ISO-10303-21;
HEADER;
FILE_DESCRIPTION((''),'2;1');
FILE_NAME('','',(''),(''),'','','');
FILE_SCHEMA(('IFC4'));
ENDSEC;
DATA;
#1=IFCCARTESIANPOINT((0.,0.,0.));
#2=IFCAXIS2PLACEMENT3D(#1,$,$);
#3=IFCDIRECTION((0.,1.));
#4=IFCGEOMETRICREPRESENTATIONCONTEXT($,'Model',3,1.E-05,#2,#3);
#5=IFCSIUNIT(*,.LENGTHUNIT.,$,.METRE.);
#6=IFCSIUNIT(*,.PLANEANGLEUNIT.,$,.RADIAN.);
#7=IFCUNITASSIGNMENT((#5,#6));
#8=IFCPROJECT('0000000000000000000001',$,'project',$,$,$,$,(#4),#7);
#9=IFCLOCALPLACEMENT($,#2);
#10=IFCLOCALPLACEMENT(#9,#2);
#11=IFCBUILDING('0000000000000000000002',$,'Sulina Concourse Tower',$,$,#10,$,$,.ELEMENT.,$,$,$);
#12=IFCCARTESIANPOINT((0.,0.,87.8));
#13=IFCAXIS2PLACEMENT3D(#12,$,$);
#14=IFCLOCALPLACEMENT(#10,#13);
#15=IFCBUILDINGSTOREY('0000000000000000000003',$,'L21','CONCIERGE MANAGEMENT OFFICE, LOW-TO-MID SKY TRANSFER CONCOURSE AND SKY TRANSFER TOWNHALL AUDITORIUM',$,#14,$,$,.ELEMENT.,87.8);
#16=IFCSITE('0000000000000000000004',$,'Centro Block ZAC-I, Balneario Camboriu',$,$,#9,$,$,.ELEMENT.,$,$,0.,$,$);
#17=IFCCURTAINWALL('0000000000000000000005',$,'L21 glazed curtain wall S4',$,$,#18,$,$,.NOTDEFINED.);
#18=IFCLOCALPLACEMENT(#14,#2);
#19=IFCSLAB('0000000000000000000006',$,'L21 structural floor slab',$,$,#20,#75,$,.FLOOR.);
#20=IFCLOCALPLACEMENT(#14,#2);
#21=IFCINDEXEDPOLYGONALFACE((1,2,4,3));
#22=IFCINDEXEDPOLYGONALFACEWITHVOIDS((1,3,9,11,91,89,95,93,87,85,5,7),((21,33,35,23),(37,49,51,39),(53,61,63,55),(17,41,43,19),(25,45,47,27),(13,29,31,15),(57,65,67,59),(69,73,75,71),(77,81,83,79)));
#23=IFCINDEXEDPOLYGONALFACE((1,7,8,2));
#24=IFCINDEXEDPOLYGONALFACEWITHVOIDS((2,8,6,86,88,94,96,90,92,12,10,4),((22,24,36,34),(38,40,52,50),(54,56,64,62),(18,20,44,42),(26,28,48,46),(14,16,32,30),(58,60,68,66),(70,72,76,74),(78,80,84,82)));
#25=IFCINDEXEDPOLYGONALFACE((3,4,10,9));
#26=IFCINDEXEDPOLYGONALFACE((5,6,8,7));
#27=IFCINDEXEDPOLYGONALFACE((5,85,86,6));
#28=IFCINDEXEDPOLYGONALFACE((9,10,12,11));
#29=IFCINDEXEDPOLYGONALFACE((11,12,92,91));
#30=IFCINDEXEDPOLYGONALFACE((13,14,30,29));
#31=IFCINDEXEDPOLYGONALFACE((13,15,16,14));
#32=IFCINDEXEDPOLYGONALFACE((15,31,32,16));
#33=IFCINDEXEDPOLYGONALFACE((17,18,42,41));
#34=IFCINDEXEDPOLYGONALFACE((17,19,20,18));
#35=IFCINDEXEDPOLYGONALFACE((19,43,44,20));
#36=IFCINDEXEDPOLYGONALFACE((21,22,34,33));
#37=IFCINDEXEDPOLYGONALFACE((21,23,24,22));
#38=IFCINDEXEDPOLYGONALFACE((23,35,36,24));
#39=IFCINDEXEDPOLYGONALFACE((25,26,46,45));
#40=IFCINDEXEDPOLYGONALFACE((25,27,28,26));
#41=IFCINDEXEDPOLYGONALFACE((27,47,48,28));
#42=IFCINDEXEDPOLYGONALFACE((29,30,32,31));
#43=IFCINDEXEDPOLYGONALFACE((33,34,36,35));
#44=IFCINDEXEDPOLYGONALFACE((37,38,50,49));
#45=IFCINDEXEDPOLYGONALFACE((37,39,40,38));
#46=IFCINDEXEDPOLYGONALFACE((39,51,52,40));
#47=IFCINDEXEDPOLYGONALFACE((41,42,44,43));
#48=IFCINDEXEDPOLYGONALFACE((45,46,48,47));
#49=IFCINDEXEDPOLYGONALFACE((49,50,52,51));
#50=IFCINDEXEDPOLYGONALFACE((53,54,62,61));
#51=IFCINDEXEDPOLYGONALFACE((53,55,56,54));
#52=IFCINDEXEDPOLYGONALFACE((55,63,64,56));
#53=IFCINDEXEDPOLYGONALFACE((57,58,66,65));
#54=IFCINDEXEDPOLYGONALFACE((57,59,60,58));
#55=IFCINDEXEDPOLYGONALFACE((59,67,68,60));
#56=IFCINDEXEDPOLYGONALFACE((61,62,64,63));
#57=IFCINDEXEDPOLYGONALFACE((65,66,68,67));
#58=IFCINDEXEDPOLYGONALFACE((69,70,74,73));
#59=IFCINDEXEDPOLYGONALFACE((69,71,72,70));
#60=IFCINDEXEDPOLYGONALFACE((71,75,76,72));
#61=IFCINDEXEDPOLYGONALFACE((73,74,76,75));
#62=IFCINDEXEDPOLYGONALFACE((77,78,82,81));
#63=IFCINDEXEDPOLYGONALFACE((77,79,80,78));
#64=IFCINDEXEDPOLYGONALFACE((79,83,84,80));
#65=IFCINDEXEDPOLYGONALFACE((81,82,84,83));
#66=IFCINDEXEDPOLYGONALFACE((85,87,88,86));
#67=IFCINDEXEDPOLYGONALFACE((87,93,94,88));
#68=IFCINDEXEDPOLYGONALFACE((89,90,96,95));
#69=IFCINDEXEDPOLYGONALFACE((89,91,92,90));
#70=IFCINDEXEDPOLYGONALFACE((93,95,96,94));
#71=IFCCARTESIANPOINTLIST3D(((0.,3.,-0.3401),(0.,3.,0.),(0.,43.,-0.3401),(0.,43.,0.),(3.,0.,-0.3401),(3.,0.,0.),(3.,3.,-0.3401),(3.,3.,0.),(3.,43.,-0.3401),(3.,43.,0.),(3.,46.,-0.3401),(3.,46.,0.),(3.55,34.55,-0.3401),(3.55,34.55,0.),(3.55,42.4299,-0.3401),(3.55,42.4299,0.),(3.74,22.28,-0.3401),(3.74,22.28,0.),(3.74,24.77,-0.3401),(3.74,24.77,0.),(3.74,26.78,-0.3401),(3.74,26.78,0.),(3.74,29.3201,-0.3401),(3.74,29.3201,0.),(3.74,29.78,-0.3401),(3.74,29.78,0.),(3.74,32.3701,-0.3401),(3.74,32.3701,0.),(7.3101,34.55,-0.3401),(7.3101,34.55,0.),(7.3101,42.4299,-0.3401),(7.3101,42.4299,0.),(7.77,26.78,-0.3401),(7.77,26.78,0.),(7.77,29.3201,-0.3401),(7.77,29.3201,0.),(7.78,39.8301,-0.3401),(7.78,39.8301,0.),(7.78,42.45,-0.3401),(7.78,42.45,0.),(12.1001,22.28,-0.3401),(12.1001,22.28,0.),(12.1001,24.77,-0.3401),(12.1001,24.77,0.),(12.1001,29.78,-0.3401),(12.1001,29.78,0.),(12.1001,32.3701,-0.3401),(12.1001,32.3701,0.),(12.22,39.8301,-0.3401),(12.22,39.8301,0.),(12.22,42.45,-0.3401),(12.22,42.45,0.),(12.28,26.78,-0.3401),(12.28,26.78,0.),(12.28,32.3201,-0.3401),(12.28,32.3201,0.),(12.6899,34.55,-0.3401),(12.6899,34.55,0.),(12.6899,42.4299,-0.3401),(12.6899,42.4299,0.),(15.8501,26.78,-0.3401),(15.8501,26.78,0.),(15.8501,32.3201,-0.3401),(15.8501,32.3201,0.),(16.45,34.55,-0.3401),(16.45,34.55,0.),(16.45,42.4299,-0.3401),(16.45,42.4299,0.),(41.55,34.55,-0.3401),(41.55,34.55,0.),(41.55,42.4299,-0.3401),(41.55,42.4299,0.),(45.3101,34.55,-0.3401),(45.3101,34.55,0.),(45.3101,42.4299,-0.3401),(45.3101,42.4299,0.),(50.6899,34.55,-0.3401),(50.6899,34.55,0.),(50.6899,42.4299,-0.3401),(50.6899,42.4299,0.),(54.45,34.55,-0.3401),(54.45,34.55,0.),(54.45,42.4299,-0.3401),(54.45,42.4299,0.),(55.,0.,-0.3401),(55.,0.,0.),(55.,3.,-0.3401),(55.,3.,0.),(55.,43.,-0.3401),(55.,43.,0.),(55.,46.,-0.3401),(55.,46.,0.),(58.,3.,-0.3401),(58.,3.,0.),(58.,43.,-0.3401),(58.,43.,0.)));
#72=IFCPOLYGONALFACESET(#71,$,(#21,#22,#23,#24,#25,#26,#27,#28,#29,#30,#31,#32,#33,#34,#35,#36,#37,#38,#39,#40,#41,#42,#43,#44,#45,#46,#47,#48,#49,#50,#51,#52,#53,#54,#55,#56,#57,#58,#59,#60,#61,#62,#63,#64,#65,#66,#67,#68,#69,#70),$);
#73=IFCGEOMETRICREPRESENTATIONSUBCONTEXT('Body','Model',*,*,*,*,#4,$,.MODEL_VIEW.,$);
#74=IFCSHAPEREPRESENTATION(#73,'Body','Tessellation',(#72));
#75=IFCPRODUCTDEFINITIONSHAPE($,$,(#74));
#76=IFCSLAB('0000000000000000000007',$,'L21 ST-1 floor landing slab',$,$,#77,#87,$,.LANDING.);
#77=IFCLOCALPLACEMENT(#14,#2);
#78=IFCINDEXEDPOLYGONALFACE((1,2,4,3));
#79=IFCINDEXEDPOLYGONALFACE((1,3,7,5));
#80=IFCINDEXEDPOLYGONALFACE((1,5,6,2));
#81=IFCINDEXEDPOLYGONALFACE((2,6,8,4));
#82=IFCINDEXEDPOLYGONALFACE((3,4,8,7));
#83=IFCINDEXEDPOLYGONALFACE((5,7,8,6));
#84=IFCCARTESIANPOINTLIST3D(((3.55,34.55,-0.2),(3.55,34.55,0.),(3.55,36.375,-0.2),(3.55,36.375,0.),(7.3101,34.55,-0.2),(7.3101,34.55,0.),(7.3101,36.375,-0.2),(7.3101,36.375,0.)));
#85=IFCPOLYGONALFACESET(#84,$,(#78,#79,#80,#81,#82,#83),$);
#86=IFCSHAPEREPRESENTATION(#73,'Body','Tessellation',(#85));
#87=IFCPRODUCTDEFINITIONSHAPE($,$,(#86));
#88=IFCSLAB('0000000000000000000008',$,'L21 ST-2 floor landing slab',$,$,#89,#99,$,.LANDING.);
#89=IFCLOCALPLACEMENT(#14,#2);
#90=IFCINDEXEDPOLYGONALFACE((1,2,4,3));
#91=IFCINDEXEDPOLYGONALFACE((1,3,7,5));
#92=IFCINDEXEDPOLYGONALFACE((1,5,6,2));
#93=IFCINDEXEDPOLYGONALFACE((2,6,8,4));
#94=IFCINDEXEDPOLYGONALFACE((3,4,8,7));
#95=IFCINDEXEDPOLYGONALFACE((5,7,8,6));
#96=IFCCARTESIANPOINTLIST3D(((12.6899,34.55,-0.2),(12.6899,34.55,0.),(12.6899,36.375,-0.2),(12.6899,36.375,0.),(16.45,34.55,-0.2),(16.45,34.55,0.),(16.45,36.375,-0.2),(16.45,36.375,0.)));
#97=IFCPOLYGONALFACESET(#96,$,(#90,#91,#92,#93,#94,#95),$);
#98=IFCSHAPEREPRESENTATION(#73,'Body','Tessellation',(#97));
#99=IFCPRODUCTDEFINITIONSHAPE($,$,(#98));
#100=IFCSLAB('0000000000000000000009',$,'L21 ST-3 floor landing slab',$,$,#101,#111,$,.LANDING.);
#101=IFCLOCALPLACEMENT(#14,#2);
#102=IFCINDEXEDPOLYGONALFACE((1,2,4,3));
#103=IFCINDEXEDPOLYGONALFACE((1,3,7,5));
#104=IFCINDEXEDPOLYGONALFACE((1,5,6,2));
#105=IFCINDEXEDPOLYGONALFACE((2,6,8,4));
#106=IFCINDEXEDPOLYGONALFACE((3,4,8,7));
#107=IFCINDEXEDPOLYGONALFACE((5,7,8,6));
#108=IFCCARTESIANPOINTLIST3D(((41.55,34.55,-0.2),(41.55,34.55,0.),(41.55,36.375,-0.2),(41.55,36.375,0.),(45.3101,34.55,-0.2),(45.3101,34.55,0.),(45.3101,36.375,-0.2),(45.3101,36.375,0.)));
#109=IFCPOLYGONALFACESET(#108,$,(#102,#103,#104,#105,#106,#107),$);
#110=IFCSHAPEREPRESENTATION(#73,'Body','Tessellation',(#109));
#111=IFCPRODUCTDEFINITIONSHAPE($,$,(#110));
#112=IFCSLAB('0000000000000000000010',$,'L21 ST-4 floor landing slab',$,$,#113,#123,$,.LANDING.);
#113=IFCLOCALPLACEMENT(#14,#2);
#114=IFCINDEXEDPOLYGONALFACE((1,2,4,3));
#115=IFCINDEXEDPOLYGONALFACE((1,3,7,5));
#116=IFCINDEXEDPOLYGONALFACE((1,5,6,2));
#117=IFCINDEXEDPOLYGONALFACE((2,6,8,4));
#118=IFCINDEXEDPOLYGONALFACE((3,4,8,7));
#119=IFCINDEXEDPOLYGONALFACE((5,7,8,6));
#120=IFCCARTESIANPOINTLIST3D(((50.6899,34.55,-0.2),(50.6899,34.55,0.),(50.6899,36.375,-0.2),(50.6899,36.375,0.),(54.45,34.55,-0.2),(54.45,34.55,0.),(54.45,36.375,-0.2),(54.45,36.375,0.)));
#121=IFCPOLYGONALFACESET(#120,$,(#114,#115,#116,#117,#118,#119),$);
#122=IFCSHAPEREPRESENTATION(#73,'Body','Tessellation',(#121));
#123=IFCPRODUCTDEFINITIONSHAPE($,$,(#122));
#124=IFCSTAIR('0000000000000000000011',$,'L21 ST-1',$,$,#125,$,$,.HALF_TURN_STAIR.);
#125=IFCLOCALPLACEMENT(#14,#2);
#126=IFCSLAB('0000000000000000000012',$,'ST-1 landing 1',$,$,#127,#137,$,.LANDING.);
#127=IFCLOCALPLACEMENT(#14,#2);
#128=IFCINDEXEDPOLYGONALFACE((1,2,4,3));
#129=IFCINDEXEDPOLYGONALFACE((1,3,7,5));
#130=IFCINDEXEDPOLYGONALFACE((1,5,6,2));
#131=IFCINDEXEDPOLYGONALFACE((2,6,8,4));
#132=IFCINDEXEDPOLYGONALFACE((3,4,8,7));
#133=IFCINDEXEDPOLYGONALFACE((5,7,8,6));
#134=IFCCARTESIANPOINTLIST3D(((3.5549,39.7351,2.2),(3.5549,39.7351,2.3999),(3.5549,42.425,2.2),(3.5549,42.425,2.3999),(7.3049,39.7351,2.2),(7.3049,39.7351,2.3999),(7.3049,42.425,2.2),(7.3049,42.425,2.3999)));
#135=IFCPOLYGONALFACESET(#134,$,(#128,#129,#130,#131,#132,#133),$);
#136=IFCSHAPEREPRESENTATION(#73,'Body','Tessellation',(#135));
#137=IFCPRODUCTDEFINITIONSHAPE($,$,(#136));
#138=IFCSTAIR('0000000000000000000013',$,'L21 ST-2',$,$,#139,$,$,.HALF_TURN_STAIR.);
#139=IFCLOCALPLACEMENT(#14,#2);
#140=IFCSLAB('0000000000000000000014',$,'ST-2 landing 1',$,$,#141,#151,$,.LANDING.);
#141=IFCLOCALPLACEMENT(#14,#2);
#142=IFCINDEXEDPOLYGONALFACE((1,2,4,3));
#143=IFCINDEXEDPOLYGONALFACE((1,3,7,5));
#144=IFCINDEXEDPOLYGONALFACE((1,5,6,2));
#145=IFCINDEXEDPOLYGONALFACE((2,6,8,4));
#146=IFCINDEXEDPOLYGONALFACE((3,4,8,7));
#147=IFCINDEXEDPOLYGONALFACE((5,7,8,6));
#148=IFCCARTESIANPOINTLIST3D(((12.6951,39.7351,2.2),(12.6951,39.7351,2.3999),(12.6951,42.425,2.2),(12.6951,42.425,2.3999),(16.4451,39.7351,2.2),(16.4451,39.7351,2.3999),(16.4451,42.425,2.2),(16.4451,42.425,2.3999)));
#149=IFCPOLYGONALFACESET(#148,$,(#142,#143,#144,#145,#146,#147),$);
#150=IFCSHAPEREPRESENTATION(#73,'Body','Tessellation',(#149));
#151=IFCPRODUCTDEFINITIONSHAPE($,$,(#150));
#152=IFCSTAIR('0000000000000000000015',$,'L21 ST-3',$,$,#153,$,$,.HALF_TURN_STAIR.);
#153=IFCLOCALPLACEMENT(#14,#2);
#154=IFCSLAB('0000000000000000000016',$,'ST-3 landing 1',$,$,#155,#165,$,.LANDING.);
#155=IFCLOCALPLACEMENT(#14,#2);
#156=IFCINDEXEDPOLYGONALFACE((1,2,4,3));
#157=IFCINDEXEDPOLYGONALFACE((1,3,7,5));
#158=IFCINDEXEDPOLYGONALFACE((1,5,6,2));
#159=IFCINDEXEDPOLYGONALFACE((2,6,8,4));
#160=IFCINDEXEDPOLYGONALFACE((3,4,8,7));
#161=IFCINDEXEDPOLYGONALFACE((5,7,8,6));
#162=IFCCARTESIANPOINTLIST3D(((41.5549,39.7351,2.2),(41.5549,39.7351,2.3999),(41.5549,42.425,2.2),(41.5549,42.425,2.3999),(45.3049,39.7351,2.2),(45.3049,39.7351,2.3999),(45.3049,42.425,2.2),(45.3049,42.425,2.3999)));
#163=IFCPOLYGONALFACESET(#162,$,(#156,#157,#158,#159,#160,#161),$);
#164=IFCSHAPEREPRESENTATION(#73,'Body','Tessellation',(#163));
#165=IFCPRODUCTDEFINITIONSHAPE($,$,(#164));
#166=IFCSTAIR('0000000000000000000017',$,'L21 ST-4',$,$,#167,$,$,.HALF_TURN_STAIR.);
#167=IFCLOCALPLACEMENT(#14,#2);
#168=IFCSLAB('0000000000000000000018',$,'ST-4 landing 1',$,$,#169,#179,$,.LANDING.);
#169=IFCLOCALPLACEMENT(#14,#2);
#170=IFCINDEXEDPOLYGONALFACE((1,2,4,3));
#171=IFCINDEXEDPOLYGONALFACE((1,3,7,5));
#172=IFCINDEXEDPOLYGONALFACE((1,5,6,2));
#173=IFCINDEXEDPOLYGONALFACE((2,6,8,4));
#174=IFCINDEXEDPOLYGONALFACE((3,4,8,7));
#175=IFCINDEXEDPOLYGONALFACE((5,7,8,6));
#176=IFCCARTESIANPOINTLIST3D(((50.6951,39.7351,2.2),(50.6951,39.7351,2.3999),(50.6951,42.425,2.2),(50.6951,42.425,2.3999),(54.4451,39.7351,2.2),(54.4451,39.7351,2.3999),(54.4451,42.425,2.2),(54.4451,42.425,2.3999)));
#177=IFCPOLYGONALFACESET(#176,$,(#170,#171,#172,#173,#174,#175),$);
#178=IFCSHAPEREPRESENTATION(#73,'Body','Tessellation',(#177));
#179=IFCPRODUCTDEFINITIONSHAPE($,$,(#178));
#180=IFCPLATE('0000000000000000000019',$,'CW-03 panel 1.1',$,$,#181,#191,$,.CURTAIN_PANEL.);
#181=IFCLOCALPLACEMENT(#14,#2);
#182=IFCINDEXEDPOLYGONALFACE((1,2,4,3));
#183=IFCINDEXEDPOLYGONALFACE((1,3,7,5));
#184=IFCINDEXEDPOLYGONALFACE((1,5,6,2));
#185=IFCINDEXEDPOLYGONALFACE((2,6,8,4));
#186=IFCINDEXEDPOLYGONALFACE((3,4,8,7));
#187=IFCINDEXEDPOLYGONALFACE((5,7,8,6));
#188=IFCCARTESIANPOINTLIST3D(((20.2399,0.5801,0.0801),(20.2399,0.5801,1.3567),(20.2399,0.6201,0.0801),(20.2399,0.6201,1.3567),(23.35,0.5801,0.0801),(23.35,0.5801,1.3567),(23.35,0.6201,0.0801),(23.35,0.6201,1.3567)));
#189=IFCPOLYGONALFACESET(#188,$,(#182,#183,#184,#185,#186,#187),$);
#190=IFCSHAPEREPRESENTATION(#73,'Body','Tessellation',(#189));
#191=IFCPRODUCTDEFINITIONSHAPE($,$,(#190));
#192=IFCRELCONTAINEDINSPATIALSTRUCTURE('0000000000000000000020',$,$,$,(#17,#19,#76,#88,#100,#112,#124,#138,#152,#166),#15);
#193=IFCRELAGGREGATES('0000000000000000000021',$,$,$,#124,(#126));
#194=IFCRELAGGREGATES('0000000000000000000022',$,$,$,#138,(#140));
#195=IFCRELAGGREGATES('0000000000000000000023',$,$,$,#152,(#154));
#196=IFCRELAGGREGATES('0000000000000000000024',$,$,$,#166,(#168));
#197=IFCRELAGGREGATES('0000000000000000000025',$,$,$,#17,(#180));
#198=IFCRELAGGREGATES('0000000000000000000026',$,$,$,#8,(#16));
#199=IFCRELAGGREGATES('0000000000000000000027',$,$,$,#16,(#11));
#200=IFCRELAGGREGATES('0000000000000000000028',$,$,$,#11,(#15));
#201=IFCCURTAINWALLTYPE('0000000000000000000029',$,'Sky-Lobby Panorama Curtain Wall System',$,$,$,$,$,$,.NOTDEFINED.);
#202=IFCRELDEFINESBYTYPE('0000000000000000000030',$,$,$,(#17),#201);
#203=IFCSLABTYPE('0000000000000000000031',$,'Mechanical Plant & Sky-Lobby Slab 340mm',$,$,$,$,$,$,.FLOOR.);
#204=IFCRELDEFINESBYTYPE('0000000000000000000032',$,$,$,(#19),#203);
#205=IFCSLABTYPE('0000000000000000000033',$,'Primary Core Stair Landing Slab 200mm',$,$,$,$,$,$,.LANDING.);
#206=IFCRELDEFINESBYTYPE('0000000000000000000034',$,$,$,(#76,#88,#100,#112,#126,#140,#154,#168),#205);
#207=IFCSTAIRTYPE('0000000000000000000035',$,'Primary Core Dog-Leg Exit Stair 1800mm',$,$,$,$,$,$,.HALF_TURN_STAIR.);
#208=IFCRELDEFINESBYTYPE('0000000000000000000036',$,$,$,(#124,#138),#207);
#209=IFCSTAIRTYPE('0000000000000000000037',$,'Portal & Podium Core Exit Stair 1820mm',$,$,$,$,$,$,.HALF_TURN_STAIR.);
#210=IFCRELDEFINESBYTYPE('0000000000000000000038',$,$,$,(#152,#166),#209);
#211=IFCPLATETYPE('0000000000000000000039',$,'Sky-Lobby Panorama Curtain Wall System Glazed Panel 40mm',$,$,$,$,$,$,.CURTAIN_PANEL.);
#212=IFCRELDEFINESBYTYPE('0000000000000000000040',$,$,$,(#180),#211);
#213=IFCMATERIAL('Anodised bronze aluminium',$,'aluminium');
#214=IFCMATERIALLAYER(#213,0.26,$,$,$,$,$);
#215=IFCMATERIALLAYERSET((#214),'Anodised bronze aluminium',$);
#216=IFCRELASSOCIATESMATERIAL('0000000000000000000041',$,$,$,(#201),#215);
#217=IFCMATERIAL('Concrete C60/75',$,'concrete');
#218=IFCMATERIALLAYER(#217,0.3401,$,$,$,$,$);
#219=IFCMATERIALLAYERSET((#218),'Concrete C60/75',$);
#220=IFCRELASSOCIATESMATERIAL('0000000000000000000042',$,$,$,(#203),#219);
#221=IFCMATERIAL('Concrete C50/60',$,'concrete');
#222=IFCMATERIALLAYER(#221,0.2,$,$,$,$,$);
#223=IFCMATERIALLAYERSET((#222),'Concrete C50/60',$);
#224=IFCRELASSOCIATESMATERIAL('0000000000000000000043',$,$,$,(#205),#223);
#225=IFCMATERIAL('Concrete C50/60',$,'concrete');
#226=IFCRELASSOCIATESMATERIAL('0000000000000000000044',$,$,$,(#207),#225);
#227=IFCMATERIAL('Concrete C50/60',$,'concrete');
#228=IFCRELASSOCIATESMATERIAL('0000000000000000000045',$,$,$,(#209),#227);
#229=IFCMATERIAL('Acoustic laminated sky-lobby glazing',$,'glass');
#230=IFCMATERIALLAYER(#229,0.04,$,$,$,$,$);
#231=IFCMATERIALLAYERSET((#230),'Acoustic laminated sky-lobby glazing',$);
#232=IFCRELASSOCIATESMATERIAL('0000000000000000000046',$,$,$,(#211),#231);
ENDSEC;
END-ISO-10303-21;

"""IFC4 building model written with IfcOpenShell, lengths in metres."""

from ifc_helpers import new_model, si_unit, direction, frame, origin, origin_2d, place, context, subcontext, project, spatial, polyline, rectangle, outline, extrude, material, layer, layer_set, type_object, element, aggregate, save


model = new_model("IFC4")

# Units and contexts
model_context = context("Model", 3, precision=1e-05, world=origin(), true_north=direction((0.0, 1.0)))
body_context = subcontext(model_context, "Body", "Model", "MODEL_VIEW")
ifc_project = project(units=[si_unit("LENGTHUNIT", "METRE"), si_unit("PLANEANGLEUNIT", "RADIAN")], contexts=[model_context])

# Site, building, storey
site_placement = place(None, origin())
site = spatial("IfcSite", under=ifc_project, at=site_placement, Name="Centro Block ZAC-I, Balneario Camboriu", CompositionType="ELEMENT", RefElevation=0.0)
building_placement = place(site_placement, origin())
building = spatial("IfcBuilding", under=site, at=building_placement, Name="Sulina Concourse Tower", CompositionType="ELEMENT")
storey_placement = place(building_placement, frame((0.0, 0.0, 87.8)))
storey = spatial("IfcBuildingStorey", under=building, at=storey_placement, Name="L21", Description="CONCIERGE MANAGEMENT OFFICE, LOW-TO-MID SKY TRANSFER CONCOURSE AND SKY TRANSFER TOWNHALL AUDITORIUM", CompositionType="ELEMENT", Elevation=87.8)

# Curtain wall
ifc_material_1 = material(Name="Anodised bronze aluminium", Category="aluminium")
ifc_layer_1 = layer(ifc_material_1, 0.26)
ifc_layer_set_1 = layer_set([ifc_layer_1], Name="Anodised bronze aluminium")
curtain_wall_type = type_object("IfcCurtainWallType", Name="Sky-Lobby Panorama Curtain Wall System", PredefinedType="NOTDEFINED", material=ifc_layer_set_1)
curtain_wall_placement = place(storey_placement, origin())
curtain_wall = element("IfcCurtainWall", 1, at=curtain_wall_placement, inside=storey, type_object=curtain_wall_type, Name="L21 glazed curtain wall S4", PredefinedType="NOTDEFINED")

# Slabs
ifc_material_2 = material(Name="Concrete C60/75", Category="concrete")
ifc_layer_2 = layer(ifc_material_2, 0.3401)
ifc_layer_set_2 = layer_set([ifc_layer_2], Name="Concrete C60/75")
slab_type_1 = type_object("IfcSlabType", Name="Mechanical Plant & Sky-Lobby Slab 340mm", PredefinedType="FLOOR", material=ifc_layer_set_2)
slab_1_placement = place(storey_placement, frame((0.0, 0.0, -0.3401)))
element("IfcSlab", 2, at=slab_1_placement, inside=storey, type_object=slab_type_1, Name="L21 structural floor slab", PredefinedType="FLOOR", context=body_context, shape_type="SweptSolid", body=[
    extrude(outline(polyline([(3.0, 0.0), (55.0, 0.0), (55.0, 3.0), (58.0, 3.0), (58.0, 43.0), (55.0, 43.0), (55.0, 46.0), (3.0, 46.0), (3.0, 43.0), (0.0, 43.0), (0.0, 3.0), (3.0, 3.0), (3.0, 0.0)]), holes=[polyline([(7.3101, 34.55), (7.3101, 42.4299), (3.55, 42.4299), (3.55, 34.55), (7.3101, 34.55)]), polyline([(16.45, 34.55), (16.45, 42.4299), (12.6899, 42.4299), (12.6899, 34.55), (16.45, 34.55)]), polyline([(45.3101, 34.55), (45.3101, 42.4299), (41.55, 42.4299), (41.55, 34.55), (45.3101, 34.55)]), polyline([(54.45, 34.55), (54.45, 42.4299), (50.6899, 42.4299), (50.6899, 34.55), (54.45, 34.55)]), polyline([(7.78, 39.8301), (12.22, 39.8301), (12.22, 42.45), (7.78, 42.45), (7.78, 39.8301)]), polyline([(3.74, 26.78), (7.77, 26.78), (7.77, 29.3201), (3.74, 29.3201), (3.74, 26.78)]), polyline([(3.74, 29.78), (12.1001, 29.78), (12.1001, 32.3701), (3.74, 32.3701), (3.74, 29.78)]), polyline([(3.74, 22.28), (12.1001, 22.28), (12.1001, 24.77), (3.74, 24.77), (3.74, 22.28)]), polyline([(12.28, 26.78), (15.8501, 26.78), (15.8501, 32.3201), (12.28, 32.3201), (12.28, 26.78)])]), origin(), (0.0, 0.0, 1.0), 0.3401),
])
ifc_material_3 = material(Name="Concrete C50/60", Category="concrete")
ifc_layer_3 = layer(ifc_material_3, 0.2)
ifc_layer_set_3 = layer_set([ifc_layer_3], Name="Concrete C50/60")
slab_type_2 = type_object("IfcSlabType", Name="Primary Core Stair Landing Slab 200mm", PredefinedType="LANDING", material=ifc_layer_set_3)
slab_2_placement = place(storey_placement, frame((0.0, 0.0, -0.2)))
element("IfcSlab", 3, at=slab_2_placement, inside=storey, type_object=slab_type_2, Name="L21 ST-1 floor landing slab", PredefinedType="LANDING", context=body_context, shape_type="SweptSolid", body=[
    extrude(outline(polyline([(7.3101, 34.55), (7.3101, 36.375), (3.55, 36.375), (3.55, 34.55), (7.3101, 34.55)])), origin(), (0.0, 0.0, 1.0), 0.2),
])
slab_3_placement = place(storey_placement, frame((0.0, 0.0, -0.2)))
element("IfcSlab", 4, at=slab_3_placement, inside=storey, type_object=slab_type_2, Name="L21 ST-2 floor landing slab", PredefinedType="LANDING", context=body_context, shape_type="SweptSolid", body=[
    extrude(outline(polyline([(16.45, 34.55), (16.45, 36.375), (12.6899, 36.375), (12.6899, 34.55), (16.45, 34.55)])), origin(), (0.0, 0.0, 1.0), 0.2),
])
slab_4_placement = place(storey_placement, frame((0.0, 0.0, -0.2)))
element("IfcSlab", 5, at=slab_4_placement, inside=storey, type_object=slab_type_2, Name="L21 ST-3 floor landing slab", PredefinedType="LANDING", context=body_context, shape_type="SweptSolid", body=[
    extrude(outline(polyline([(45.3101, 34.55), (45.3101, 36.375), (41.55, 36.375), (41.55, 34.55), (45.3101, 34.55)])), origin(), (0.0, 0.0, 1.0), 0.2),
])
slab_5_placement = place(storey_placement, frame((0.0, 0.0, -0.2)))
element("IfcSlab", 6, at=slab_5_placement, inside=storey, type_object=slab_type_2, Name="L21 ST-4 floor landing slab", PredefinedType="LANDING", context=body_context, shape_type="SweptSolid", body=[
    extrude(outline(polyline([(54.45, 34.55), (54.45, 36.375), (50.6899, 36.375), (50.6899, 34.55), (54.45, 34.55)])), origin(), (0.0, 0.0, 1.0), 0.2),
])

# Stairs, slabs
ifc_material_4 = material(Name="Concrete C50/60", Category="concrete")
stair_type_1 = type_object("IfcStairType", Name="Primary Core Dog-Leg Exit Stair 1800mm", PredefinedType="HALF_TURN_STAIR", material=ifc_material_4)
stair_1_placement = place(storey_placement, origin())
stair_1 = element("IfcStair", 7, at=stair_1_placement, inside=storey, type_object=stair_type_1, Name="L21 ST-1", PredefinedType="HALF_TURN_STAIR")
slab_6_placement = place(storey_placement, frame((0.0, 0.0, 2.2)))
slab_6 = element("IfcSlab", 8, at=slab_6_placement, type_object=slab_type_2, Name="ST-1 landing 1", PredefinedType="LANDING", context=body_context, shape_type="SweptSolid", body=[
    extrude(outline(polyline([(7.3049, 39.7351), (7.3049, 42.425), (3.5549, 42.425), (3.5549, 39.7351), (7.3049, 39.7351)])), origin(), (0.0, 0.0, 1.0), 0.2),
])
aggregate(stair_1, [slab_6])
stair_2_placement = place(storey_placement, origin())
stair_2 = element("IfcStair", 9, at=stair_2_placement, inside=storey, type_object=stair_type_1, Name="L21 ST-2", PredefinedType="HALF_TURN_STAIR")
slab_7_placement = place(storey_placement, frame((0.0, 0.0, 2.2)))
slab_7 = element("IfcSlab", 10, at=slab_7_placement, type_object=slab_type_2, Name="ST-2 landing 1", PredefinedType="LANDING", context=body_context, shape_type="SweptSolid", body=[
    extrude(outline(polyline([(16.4451, 39.7351), (16.4451, 42.425), (12.6951, 42.425), (12.6951, 39.7351), (16.4451, 39.7351)])), origin(), (0.0, 0.0, 1.0), 0.2),
])
aggregate(stair_2, [slab_7])
ifc_material_5 = material(Name="Concrete C50/60", Category="concrete")
stair_type_2 = type_object("IfcStairType", Name="Portal & Podium Core Exit Stair 1820mm", PredefinedType="HALF_TURN_STAIR", material=ifc_material_5)
stair_3_placement = place(storey_placement, origin())
stair_3 = element("IfcStair", 11, at=stair_3_placement, inside=storey, type_object=stair_type_2, Name="L21 ST-3", PredefinedType="HALF_TURN_STAIR")
slab_8_placement = place(storey_placement, frame((0.0, 0.0, 2.2)))
slab_8 = element("IfcSlab", 12, at=slab_8_placement, type_object=slab_type_2, Name="ST-3 landing 1", PredefinedType="LANDING", context=body_context, shape_type="SweptSolid", body=[
    extrude(outline(polyline([(45.3049, 39.7351), (45.3049, 42.425), (41.5549, 42.425), (41.5549, 39.7351), (45.3049, 39.7351)])), origin(), (0.0, 0.0, 1.0), 0.2),
])
aggregate(stair_3, [slab_8])
stair_4_placement = place(storey_placement, origin())
stair_4 = element("IfcStair", 13, at=stair_4_placement, inside=storey, type_object=stair_type_2, Name="L21 ST-4", PredefinedType="HALF_TURN_STAIR")
slab_9_placement = place(storey_placement, frame((0.0, 0.0, 2.2)))
slab_9 = element("IfcSlab", 14, at=slab_9_placement, type_object=slab_type_2, Name="ST-4 landing 1", PredefinedType="LANDING", context=body_context, shape_type="SweptSolid", body=[
    extrude(outline(polyline([(54.4451, 39.7351), (54.4451, 42.425), (50.6951, 42.425), (50.6951, 39.7351), (54.4451, 39.7351)])), origin(), (0.0, 0.0, 1.0), 0.2),
])
aggregate(stair_4, [slab_9])

# Plate
ifc_material_6 = material(Name="Acoustic laminated sky-lobby glazing", Category="glass")
ifc_layer_4 = layer(ifc_material_6, 0.04)
ifc_layer_set_4 = layer_set([ifc_layer_4], Name="Acoustic laminated sky-lobby glazing")
plate_type = type_object("IfcPlateType", Name="Sky-Lobby Panorama Curtain Wall System Glazed Panel 40mm", PredefinedType="CURTAIN_PANEL", material=ifc_layer_set_4)
plate_1_placement = place(storey_placement, frame((21.7949, 0.6001, 0.0801), z_axis=(0.0, 0.0, 1.0), x_axis=(-1.0, 0.0, 0.0)))
plate_1 = element("IfcPlate", 15, at=plate_1_placement, type_object=plate_type, Name="CW-03 panel 1.1", PredefinedType="CURTAIN_PANEL", context=body_context, shape_type="SweptSolid", body=[
    extrude(rectangle(XDim=3.1101, YDim=0.04, at=origin_2d()), origin(), (0.0, 0.0, 1.0), 1.2766),
])
aggregate(curtain_wall, [plate_1])

save(model, "model.ifc")
